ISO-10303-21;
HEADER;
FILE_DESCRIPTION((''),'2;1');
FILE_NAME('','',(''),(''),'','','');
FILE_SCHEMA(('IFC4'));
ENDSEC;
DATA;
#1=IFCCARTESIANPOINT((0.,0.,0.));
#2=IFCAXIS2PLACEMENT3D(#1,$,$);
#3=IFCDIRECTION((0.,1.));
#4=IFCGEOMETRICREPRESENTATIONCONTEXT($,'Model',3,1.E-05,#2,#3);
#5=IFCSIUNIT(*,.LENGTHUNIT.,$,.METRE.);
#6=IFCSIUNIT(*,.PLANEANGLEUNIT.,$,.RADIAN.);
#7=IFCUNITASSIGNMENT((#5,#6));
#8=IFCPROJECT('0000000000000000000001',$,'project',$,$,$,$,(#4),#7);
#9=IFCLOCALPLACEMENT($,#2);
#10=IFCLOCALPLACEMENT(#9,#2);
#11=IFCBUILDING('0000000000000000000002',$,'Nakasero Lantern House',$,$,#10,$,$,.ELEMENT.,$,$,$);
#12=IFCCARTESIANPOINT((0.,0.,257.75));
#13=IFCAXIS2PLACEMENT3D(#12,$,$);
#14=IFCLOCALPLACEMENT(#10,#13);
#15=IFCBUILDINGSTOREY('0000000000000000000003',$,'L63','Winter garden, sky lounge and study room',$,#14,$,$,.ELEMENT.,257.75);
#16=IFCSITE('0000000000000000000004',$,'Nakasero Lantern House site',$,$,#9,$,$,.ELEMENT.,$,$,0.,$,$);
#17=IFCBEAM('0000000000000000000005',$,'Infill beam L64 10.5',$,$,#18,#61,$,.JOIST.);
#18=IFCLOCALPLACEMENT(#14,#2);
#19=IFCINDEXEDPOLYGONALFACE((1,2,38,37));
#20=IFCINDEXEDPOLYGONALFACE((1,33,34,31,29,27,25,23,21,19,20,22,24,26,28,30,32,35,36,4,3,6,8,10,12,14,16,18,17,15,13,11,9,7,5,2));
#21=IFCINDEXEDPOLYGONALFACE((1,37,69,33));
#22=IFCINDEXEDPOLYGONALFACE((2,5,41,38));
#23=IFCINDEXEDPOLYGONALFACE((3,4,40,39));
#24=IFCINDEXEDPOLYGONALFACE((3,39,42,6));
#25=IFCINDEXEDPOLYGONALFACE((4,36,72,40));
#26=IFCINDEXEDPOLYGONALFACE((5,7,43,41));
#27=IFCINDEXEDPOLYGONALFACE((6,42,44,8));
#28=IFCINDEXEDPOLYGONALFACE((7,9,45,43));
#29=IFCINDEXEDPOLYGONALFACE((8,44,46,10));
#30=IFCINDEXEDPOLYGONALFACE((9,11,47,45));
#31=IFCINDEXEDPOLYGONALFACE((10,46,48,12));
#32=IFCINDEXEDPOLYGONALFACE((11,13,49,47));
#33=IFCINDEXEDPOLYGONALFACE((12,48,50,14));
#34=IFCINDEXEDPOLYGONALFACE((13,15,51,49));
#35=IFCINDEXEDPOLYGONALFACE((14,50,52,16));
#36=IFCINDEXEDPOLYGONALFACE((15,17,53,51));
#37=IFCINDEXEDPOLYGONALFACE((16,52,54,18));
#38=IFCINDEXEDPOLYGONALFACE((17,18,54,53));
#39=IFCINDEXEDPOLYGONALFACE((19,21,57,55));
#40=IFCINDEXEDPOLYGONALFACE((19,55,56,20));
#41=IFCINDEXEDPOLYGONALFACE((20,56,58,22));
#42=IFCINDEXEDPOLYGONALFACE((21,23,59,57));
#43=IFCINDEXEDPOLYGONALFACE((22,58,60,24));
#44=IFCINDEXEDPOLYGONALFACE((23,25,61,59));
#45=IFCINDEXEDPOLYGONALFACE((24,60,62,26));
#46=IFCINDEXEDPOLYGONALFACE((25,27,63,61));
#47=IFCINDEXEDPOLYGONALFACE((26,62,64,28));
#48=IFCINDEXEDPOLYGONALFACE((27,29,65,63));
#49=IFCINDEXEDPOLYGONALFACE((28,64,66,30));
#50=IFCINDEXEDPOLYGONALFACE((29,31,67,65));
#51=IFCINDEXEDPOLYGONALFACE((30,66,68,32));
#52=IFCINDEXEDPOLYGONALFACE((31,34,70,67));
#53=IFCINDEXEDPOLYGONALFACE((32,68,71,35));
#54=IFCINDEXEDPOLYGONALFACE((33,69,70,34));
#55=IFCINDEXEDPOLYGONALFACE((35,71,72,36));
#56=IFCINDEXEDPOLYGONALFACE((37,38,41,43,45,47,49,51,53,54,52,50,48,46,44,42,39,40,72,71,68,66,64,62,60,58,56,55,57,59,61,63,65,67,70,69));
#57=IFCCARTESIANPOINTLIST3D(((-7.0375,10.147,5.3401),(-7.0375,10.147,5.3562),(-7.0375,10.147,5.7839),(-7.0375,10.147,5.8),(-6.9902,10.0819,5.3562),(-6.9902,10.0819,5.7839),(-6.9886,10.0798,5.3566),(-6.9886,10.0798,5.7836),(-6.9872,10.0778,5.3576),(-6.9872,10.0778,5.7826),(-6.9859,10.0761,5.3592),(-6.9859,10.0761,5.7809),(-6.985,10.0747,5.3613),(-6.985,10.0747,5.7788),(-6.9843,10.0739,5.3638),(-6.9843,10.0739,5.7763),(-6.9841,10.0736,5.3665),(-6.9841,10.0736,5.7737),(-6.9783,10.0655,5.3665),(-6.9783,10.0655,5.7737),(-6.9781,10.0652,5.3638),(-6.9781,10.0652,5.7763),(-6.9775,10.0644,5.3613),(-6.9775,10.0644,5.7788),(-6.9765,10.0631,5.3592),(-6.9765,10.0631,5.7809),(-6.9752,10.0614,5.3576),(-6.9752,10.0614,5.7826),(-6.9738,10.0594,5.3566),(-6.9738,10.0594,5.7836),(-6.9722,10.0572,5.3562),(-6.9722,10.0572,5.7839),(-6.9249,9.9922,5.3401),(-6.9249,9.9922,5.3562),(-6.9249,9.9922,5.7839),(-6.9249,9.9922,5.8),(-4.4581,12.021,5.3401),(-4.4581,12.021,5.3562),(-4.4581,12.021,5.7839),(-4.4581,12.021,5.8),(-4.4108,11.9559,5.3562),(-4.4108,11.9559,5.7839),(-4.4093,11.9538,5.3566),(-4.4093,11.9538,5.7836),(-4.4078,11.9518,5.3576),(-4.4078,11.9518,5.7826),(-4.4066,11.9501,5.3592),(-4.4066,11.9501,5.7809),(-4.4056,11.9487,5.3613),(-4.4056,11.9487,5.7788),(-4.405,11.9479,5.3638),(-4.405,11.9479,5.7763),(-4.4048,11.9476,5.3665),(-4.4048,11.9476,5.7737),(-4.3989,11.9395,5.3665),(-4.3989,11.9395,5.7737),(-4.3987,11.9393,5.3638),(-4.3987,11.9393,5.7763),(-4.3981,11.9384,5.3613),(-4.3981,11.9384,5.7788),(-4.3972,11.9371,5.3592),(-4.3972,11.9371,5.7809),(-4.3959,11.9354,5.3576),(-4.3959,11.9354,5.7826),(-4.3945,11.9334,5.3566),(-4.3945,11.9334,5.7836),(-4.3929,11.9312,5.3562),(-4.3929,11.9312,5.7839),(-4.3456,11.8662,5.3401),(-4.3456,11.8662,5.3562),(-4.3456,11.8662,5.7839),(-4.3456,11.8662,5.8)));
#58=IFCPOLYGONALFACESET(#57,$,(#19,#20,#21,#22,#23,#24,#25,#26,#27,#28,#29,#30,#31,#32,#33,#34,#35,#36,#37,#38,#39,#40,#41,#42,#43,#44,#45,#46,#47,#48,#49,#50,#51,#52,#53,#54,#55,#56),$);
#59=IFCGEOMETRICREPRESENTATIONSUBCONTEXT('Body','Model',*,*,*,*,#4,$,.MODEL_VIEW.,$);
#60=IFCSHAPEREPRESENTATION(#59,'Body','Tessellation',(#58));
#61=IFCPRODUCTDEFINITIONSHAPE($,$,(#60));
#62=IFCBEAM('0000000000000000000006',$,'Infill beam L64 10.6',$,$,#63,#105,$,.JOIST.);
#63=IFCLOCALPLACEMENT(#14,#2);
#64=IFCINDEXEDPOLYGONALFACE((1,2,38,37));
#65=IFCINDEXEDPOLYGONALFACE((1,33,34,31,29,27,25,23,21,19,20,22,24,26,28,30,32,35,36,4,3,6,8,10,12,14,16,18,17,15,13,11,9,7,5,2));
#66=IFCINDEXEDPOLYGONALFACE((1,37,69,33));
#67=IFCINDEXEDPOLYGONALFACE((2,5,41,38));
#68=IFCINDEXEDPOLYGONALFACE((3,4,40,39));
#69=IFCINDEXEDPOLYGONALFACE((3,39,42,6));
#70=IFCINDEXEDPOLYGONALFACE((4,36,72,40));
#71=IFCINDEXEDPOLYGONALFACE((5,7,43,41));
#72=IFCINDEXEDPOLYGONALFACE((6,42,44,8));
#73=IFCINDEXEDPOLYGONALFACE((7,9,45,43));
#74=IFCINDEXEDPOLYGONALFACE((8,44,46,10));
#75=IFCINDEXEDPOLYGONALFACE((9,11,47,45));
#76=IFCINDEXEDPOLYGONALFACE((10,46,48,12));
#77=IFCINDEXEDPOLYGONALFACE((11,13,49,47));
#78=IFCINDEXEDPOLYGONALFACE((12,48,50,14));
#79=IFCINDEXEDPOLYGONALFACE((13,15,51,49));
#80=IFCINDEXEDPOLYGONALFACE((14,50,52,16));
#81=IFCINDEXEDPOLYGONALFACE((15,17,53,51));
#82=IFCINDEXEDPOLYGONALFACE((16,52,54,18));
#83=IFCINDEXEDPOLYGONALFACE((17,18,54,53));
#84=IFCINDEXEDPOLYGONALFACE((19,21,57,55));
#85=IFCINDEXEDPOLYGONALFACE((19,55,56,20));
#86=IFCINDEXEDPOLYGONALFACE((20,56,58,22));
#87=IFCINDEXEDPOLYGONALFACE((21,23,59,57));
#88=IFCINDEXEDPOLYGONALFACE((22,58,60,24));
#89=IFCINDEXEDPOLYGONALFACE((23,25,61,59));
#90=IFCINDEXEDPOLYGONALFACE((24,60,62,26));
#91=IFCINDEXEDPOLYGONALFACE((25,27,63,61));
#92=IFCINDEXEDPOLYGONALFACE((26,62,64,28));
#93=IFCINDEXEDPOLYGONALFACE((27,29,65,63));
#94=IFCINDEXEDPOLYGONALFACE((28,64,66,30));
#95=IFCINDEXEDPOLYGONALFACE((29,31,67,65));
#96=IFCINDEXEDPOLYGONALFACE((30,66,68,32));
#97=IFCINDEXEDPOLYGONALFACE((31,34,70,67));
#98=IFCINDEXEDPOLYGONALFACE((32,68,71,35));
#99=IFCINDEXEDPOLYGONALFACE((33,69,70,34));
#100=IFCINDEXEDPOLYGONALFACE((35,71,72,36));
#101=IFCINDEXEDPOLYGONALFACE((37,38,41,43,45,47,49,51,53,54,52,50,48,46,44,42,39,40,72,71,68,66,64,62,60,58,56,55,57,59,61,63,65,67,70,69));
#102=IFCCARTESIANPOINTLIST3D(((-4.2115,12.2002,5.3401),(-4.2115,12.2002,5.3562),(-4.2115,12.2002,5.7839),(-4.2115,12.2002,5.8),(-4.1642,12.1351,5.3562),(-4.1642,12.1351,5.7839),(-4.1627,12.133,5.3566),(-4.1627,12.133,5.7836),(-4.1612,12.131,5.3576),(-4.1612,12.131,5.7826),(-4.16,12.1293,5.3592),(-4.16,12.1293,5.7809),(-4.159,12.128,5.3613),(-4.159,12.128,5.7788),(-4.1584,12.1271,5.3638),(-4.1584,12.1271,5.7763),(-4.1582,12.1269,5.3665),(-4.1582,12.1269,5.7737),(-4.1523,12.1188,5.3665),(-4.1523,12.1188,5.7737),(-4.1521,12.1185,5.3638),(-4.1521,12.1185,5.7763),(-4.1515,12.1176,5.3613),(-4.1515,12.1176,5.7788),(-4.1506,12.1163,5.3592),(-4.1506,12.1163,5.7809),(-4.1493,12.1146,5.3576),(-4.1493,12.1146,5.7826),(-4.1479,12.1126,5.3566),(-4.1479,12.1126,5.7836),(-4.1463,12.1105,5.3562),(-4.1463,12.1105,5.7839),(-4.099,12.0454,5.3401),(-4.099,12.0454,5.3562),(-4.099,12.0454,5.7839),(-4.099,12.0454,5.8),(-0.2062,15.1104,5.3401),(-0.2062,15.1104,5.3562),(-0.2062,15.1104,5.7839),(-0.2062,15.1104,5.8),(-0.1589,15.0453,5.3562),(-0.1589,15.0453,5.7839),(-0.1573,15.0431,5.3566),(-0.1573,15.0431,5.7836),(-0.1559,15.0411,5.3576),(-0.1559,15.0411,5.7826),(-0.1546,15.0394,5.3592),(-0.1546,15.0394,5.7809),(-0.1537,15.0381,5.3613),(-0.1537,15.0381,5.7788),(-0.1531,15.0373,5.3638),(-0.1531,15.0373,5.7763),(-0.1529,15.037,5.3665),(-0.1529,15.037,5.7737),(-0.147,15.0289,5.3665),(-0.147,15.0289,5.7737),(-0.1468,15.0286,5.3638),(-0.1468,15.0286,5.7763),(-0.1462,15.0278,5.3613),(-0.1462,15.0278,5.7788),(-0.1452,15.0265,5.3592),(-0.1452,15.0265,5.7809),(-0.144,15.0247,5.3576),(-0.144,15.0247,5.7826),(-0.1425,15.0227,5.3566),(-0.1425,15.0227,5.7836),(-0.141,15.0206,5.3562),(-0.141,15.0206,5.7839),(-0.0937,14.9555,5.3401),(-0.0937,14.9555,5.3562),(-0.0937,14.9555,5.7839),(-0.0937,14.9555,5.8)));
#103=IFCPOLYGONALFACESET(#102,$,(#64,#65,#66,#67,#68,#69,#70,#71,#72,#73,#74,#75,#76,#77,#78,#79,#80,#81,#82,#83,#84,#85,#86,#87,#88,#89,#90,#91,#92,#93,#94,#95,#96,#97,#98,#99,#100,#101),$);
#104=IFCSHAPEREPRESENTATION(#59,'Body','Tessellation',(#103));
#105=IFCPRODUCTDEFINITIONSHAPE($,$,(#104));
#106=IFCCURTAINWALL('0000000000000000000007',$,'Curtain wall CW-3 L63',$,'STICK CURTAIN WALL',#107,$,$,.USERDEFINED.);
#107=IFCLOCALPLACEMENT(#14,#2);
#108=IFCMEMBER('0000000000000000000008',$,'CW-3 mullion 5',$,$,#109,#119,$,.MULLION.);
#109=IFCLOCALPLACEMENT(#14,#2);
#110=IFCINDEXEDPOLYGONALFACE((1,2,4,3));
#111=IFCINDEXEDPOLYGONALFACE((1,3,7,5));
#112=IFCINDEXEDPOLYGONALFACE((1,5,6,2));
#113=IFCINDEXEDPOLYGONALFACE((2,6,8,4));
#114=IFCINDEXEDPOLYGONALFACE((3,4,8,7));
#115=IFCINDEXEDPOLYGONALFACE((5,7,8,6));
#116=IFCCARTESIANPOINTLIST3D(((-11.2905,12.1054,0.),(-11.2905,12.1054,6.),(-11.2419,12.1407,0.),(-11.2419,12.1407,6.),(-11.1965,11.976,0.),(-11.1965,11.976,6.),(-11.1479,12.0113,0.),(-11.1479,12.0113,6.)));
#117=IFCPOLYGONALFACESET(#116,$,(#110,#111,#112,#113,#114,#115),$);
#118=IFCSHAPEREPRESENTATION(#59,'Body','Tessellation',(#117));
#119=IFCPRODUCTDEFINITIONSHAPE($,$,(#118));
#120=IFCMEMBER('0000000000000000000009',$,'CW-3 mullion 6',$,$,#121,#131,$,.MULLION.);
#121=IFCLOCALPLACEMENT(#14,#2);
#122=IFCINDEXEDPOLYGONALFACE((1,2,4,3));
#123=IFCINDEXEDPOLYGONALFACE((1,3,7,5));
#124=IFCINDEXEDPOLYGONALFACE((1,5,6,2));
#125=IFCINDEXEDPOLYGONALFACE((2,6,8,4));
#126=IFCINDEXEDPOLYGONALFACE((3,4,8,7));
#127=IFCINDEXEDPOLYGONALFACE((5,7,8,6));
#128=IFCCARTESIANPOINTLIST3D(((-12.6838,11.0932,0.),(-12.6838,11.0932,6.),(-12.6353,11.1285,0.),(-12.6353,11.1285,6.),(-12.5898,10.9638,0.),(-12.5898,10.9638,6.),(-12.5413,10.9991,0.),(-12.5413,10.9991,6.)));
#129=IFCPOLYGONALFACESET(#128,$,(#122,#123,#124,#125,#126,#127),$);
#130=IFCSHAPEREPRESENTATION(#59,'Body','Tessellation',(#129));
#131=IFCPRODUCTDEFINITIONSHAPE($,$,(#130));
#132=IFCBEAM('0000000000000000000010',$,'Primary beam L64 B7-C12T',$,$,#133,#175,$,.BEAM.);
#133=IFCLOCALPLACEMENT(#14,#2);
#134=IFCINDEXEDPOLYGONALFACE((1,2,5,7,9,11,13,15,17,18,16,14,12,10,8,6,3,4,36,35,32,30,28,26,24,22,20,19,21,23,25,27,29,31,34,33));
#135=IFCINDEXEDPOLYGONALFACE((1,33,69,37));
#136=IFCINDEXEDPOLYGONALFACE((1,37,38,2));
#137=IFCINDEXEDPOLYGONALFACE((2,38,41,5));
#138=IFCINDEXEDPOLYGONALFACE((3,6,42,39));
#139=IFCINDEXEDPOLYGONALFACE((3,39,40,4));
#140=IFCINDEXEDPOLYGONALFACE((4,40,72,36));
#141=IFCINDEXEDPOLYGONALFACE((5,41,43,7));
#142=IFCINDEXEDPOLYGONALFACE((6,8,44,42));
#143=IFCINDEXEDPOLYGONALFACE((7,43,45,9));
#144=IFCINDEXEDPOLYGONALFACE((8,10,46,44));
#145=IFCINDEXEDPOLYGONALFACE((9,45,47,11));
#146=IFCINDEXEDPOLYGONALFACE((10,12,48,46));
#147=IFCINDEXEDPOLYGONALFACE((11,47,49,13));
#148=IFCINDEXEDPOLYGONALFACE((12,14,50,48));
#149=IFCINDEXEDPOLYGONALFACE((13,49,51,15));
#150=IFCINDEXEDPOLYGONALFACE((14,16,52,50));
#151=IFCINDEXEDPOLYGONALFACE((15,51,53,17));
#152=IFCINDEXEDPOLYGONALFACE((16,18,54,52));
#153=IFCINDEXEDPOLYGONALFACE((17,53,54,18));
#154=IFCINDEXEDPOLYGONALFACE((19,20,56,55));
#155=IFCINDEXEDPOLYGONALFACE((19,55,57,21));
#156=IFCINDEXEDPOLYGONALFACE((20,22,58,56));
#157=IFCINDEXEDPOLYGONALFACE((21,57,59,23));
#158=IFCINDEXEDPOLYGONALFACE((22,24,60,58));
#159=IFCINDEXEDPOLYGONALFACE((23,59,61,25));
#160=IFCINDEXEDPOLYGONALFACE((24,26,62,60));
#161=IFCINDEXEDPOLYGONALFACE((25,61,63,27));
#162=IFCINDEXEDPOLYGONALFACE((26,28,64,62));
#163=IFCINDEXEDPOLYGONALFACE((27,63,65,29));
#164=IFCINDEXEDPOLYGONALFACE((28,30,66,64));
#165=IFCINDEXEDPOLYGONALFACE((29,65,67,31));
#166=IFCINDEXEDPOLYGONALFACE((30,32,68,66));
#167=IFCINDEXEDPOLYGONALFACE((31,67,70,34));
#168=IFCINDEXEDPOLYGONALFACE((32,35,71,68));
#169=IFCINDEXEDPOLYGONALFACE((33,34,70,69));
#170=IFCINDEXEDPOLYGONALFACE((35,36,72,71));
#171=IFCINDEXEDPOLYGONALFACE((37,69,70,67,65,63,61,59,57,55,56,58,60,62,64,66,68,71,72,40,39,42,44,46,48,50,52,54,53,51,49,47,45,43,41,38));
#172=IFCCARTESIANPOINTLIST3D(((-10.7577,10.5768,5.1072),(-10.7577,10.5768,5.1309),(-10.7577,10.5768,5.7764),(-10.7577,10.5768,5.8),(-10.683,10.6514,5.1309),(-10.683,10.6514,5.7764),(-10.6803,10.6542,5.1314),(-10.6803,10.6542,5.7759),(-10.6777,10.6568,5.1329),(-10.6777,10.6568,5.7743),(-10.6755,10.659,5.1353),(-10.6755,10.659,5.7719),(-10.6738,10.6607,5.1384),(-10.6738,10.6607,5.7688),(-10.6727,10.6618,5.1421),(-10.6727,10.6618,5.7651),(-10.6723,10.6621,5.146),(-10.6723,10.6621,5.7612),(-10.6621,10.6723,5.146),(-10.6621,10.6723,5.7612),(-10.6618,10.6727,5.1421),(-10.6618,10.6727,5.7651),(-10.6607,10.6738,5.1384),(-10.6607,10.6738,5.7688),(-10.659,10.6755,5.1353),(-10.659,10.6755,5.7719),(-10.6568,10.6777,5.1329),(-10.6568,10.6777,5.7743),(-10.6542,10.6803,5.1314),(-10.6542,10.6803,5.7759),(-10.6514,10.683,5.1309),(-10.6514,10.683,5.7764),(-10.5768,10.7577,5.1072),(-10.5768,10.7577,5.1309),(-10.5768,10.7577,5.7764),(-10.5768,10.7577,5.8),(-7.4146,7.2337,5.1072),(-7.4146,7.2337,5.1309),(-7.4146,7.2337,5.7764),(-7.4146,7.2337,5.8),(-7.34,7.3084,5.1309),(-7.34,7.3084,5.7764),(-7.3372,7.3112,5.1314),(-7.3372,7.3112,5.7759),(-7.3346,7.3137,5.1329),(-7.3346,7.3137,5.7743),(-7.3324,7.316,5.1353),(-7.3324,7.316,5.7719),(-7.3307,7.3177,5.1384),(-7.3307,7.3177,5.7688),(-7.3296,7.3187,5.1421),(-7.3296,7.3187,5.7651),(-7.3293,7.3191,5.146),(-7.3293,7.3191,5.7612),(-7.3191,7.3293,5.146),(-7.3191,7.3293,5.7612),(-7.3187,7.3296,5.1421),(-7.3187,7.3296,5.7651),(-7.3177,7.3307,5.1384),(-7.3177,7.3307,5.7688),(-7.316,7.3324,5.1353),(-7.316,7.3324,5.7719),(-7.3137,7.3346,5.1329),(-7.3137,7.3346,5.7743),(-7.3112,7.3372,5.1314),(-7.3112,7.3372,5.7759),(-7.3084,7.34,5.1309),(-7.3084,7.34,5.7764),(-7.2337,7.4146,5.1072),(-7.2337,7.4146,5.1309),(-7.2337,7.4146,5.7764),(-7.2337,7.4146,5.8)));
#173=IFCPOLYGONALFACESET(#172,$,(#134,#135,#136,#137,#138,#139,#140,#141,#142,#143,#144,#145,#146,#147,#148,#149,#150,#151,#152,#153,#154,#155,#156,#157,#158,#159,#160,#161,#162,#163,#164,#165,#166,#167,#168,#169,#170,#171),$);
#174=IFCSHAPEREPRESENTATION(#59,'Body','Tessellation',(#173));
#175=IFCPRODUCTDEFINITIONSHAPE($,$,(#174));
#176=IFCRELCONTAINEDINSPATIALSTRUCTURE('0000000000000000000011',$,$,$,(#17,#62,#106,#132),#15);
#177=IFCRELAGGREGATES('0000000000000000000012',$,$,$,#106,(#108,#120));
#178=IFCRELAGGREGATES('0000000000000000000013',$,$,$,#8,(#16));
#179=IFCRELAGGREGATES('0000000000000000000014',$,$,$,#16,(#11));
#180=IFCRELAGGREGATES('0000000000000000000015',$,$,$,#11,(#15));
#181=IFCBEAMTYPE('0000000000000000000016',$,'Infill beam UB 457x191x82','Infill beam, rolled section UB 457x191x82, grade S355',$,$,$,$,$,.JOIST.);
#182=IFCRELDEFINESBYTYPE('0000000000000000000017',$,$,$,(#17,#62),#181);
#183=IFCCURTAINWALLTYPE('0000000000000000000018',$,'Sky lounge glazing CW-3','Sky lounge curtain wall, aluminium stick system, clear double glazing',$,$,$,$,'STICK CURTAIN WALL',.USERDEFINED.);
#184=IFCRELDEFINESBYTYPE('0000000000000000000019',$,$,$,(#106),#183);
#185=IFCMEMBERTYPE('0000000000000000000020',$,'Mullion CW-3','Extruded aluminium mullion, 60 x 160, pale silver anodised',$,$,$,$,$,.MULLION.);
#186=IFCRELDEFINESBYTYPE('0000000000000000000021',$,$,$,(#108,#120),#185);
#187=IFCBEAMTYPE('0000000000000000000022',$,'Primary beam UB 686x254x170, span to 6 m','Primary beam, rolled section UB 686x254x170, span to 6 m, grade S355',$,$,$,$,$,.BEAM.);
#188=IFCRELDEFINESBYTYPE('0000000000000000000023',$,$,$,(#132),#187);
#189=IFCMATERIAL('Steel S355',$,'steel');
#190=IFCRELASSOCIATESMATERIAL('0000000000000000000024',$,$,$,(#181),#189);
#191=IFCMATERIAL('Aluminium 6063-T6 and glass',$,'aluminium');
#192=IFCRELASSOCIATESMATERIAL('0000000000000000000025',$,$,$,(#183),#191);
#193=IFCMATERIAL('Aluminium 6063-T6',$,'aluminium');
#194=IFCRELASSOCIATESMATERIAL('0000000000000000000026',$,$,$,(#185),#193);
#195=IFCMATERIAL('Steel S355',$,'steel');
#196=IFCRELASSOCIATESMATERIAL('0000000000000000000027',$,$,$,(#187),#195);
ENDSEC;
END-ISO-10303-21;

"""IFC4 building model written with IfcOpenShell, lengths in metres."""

from ifc_helpers import new_model, si_unit, direction, frame, origin, origin_2d, place, context, subcontext, project, spatial, rectangle, i_section, extrude, material, material_profile, profile_set, type_object, element, aggregate, save


model = new_model("IFC4")

# Units and contexts
model_context = context("Model", 3, precision=1e-05, world=origin(), true_north=direction((0.0, 1.0)))
body_context = subcontext(model_context, "Body", "Model", "MODEL_VIEW")
ifc_project = project(units=[si_unit("LENGTHUNIT", "METRE"), si_unit("PLANEANGLEUNIT", "RADIAN")], contexts=[model_context])

# Site, building, storey
site_placement = place(None, origin())
site = spatial("IfcSite", under=ifc_project, at=site_placement, Name="Nakasero Lantern House site", CompositionType="ELEMENT", RefElevation=0.0)
building_placement = place(site_placement, origin())
building = spatial("IfcBuilding", under=site, at=building_placement, Name="Nakasero Lantern House", CompositionType="ELEMENT")
storey_placement = place(building_placement, frame((0.0, 0.0, 257.75)))
storey = spatial("IfcBuildingStorey", under=building, at=storey_placement, Name="L63", Description="Winter garden, sky lounge and study room", CompositionType="ELEMENT", Elevation=257.75)

# Beams
ifc_material_1 = material(Name="Steel S355", Category="steel")
ifc_material_profile_1 = material_profile(ifc_material_1, i_section(OverallWidth=0.1914, OverallDepth=0.46, WebThickness=0.01, FlangeThickness=0.0161, FilletRadius=0.0103, at=origin_2d()), Name="UB 457x191x82")
ifc_profile_set_1 = profile_set([ifc_material_profile_1], Name="Steel S355")
beam_type_1 = type_object("IfcBeamType", Name="Infill beam UB 457x191x82", Description="Infill beam, rolled section UB 457x191x82, grade S355", PredefinedType="JOIST", material=ifc_profile_set_1)
beam_1_placement = place(storey_placement, frame((-6.9812, 10.0696, 5.5701), z_axis=(0.809014, 0.587789, 0.0), x_axis=(-0.587789, 0.809014, 0.0)))
element("IfcBeam", 1, at=beam_1_placement, inside=storey, type_object=beam_type_1, Name="Infill beam L64 10.5", PredefinedType="JOIST", context=body_context, shape_type="SweptSolid", body=[
    extrude(i_section(OverallWidth=0.1914, OverallDepth=0.46, WebThickness=0.01, FlangeThickness=0.0161, FilletRadius=0.0103, at=origin_2d()), origin(), (0.0, 0.0, 1.0), 3.1882),
])
beam_2_placement = place(storey_placement, frame((-4.1553, 12.1228, 5.5701), z_axis=(0.809009, 0.587796, 0.0), x_axis=(-0.587796, 0.809009, 0.0)))
element("IfcBeam", 2, at=beam_2_placement, inside=storey, type_object=beam_type_1, Name="Infill beam L64 10.6", PredefinedType="JOIST", context=body_context, shape_type="SweptSolid", body=[
    extrude(i_section(OverallWidth=0.1914, OverallDepth=0.46, WebThickness=0.01, FlangeThickness=0.0161, FilletRadius=0.0103, at=origin_2d()), origin(), (0.0, 0.0, 1.0), 4.9509),
])

# Curtain wall, members
ifc_material_2 = material(Name="Aluminium 6063-T6 and glass", Category="aluminium")
curtain_wall_type = type_object("IfcCurtainWallType", Name="Sky lounge glazing CW-3", Description="Sky lounge curtain wall, aluminium stick system, clear double glazing", ElementType="STICK CURTAIN WALL", PredefinedType="USERDEFINED", material=ifc_material_2)
curtain_wall_placement = place(storey_placement, origin())
curtain_wall = element("IfcCurtainWall", 3, at=curtain_wall_placement, inside=storey, type_object=curtain_wall_type, Name="Curtain wall CW-3 L63", ObjectType="STICK CURTAIN WALL", PredefinedType="USERDEFINED")
ifc_material_3 = material(Name="Aluminium 6063-T6", Category="aluminium")
ifc_material_profile_2 = material_profile(ifc_material_3, rectangle(XDim=0.0601, YDim=0.1599, at=origin_2d()), Name="CW-3 mullion 60x160")
ifc_profile_set_2 = profile_set([ifc_material_profile_2], Name="Aluminium 6063-T6")
member_type_1 = type_object("IfcMemberType", Name="Mullion CW-3", Description="Extruded aluminium mullion, 60 x 160, pale silver anodised", PredefinedType="MULLION", material=ifc_profile_set_2)
member_1_placement = place(storey_placement, frame((-11.2192, 12.0583, 0.0), z_axis=(0.0, 0.0, 1.0), x_axis=(-0.809017, -0.587785, 0.0)))
member_1 = element("IfcMember", 4, at=member_1_placement, type_object=member_type_1, Name="CW-3 mullion 5", PredefinedType="MULLION", context=body_context, shape_type="SweptSolid", body=[
    extrude(rectangle(XDim=0.0601, YDim=0.1599, at=origin_2d()), origin(), (0.0, 0.0, 1.0), 6.0),
])
member_2_placement = place(storey_placement, frame((-12.6125, 11.0461, 0.0), z_axis=(0.0, 0.0, 1.0), x_axis=(-0.809017, -0.587785, 0.0)))
member_2 = element("IfcMember", 5, at=member_2_placement, type_object=member_type_1, Name="CW-3 mullion 6", PredefinedType="MULLION", context=body_context, shape_type="SweptSolid", body=[
    extrude(rectangle(XDim=0.0601, YDim=0.1599, at=origin_2d()), origin(), (0.0, 0.0, 1.0), 6.0),
])

# Beam
ifc_material_4 = material(Name="Steel S355", Category="steel")
ifc_material_profile_3 = material_profile(ifc_material_4, i_section(OverallWidth=0.2559, OverallDepth=0.6929, WebThickness=0.0144, FlangeThickness=0.0237, FilletRadius=0.0151, at=origin_2d()), Name="UB 686x254x170")
ifc_profile_set_3 = profile_set([ifc_material_profile_3], Name="Steel S355")
beam_type_2 = type_object("IfcBeamType", Name="Primary beam UB 686x254x170, span to 6 m", Description="Primary beam, rolled section UB 686x254x170, span to 6 m, grade S355", PredefinedType="BEAM", material=ifc_profile_set_3)
beam_3_placement = place(storey_placement, frame((-10.6672, 10.6672, 5.4536), z_axis=(0.707107, -0.707107, 0.0), x_axis=(0.707107, 0.707107, 0.0)))
element("IfcBeam", 6, at=beam_3_placement, inside=storey, type_object=beam_type_2, Name="Primary beam L64 B7-C12T", PredefinedType="BEAM", context=body_context, shape_type="SweptSolid", body=[
    extrude(i_section(OverallWidth=0.2559, OverallDepth=0.6929, WebThickness=0.0144, FlangeThickness=0.0237, FilletRadius=0.0151, at=origin_2d()), origin(), (0.0, 0.0, 1.0), 4.7278),
])

aggregate(curtain_wall, [member_1, member_2])

save(model, "model.ifc")
